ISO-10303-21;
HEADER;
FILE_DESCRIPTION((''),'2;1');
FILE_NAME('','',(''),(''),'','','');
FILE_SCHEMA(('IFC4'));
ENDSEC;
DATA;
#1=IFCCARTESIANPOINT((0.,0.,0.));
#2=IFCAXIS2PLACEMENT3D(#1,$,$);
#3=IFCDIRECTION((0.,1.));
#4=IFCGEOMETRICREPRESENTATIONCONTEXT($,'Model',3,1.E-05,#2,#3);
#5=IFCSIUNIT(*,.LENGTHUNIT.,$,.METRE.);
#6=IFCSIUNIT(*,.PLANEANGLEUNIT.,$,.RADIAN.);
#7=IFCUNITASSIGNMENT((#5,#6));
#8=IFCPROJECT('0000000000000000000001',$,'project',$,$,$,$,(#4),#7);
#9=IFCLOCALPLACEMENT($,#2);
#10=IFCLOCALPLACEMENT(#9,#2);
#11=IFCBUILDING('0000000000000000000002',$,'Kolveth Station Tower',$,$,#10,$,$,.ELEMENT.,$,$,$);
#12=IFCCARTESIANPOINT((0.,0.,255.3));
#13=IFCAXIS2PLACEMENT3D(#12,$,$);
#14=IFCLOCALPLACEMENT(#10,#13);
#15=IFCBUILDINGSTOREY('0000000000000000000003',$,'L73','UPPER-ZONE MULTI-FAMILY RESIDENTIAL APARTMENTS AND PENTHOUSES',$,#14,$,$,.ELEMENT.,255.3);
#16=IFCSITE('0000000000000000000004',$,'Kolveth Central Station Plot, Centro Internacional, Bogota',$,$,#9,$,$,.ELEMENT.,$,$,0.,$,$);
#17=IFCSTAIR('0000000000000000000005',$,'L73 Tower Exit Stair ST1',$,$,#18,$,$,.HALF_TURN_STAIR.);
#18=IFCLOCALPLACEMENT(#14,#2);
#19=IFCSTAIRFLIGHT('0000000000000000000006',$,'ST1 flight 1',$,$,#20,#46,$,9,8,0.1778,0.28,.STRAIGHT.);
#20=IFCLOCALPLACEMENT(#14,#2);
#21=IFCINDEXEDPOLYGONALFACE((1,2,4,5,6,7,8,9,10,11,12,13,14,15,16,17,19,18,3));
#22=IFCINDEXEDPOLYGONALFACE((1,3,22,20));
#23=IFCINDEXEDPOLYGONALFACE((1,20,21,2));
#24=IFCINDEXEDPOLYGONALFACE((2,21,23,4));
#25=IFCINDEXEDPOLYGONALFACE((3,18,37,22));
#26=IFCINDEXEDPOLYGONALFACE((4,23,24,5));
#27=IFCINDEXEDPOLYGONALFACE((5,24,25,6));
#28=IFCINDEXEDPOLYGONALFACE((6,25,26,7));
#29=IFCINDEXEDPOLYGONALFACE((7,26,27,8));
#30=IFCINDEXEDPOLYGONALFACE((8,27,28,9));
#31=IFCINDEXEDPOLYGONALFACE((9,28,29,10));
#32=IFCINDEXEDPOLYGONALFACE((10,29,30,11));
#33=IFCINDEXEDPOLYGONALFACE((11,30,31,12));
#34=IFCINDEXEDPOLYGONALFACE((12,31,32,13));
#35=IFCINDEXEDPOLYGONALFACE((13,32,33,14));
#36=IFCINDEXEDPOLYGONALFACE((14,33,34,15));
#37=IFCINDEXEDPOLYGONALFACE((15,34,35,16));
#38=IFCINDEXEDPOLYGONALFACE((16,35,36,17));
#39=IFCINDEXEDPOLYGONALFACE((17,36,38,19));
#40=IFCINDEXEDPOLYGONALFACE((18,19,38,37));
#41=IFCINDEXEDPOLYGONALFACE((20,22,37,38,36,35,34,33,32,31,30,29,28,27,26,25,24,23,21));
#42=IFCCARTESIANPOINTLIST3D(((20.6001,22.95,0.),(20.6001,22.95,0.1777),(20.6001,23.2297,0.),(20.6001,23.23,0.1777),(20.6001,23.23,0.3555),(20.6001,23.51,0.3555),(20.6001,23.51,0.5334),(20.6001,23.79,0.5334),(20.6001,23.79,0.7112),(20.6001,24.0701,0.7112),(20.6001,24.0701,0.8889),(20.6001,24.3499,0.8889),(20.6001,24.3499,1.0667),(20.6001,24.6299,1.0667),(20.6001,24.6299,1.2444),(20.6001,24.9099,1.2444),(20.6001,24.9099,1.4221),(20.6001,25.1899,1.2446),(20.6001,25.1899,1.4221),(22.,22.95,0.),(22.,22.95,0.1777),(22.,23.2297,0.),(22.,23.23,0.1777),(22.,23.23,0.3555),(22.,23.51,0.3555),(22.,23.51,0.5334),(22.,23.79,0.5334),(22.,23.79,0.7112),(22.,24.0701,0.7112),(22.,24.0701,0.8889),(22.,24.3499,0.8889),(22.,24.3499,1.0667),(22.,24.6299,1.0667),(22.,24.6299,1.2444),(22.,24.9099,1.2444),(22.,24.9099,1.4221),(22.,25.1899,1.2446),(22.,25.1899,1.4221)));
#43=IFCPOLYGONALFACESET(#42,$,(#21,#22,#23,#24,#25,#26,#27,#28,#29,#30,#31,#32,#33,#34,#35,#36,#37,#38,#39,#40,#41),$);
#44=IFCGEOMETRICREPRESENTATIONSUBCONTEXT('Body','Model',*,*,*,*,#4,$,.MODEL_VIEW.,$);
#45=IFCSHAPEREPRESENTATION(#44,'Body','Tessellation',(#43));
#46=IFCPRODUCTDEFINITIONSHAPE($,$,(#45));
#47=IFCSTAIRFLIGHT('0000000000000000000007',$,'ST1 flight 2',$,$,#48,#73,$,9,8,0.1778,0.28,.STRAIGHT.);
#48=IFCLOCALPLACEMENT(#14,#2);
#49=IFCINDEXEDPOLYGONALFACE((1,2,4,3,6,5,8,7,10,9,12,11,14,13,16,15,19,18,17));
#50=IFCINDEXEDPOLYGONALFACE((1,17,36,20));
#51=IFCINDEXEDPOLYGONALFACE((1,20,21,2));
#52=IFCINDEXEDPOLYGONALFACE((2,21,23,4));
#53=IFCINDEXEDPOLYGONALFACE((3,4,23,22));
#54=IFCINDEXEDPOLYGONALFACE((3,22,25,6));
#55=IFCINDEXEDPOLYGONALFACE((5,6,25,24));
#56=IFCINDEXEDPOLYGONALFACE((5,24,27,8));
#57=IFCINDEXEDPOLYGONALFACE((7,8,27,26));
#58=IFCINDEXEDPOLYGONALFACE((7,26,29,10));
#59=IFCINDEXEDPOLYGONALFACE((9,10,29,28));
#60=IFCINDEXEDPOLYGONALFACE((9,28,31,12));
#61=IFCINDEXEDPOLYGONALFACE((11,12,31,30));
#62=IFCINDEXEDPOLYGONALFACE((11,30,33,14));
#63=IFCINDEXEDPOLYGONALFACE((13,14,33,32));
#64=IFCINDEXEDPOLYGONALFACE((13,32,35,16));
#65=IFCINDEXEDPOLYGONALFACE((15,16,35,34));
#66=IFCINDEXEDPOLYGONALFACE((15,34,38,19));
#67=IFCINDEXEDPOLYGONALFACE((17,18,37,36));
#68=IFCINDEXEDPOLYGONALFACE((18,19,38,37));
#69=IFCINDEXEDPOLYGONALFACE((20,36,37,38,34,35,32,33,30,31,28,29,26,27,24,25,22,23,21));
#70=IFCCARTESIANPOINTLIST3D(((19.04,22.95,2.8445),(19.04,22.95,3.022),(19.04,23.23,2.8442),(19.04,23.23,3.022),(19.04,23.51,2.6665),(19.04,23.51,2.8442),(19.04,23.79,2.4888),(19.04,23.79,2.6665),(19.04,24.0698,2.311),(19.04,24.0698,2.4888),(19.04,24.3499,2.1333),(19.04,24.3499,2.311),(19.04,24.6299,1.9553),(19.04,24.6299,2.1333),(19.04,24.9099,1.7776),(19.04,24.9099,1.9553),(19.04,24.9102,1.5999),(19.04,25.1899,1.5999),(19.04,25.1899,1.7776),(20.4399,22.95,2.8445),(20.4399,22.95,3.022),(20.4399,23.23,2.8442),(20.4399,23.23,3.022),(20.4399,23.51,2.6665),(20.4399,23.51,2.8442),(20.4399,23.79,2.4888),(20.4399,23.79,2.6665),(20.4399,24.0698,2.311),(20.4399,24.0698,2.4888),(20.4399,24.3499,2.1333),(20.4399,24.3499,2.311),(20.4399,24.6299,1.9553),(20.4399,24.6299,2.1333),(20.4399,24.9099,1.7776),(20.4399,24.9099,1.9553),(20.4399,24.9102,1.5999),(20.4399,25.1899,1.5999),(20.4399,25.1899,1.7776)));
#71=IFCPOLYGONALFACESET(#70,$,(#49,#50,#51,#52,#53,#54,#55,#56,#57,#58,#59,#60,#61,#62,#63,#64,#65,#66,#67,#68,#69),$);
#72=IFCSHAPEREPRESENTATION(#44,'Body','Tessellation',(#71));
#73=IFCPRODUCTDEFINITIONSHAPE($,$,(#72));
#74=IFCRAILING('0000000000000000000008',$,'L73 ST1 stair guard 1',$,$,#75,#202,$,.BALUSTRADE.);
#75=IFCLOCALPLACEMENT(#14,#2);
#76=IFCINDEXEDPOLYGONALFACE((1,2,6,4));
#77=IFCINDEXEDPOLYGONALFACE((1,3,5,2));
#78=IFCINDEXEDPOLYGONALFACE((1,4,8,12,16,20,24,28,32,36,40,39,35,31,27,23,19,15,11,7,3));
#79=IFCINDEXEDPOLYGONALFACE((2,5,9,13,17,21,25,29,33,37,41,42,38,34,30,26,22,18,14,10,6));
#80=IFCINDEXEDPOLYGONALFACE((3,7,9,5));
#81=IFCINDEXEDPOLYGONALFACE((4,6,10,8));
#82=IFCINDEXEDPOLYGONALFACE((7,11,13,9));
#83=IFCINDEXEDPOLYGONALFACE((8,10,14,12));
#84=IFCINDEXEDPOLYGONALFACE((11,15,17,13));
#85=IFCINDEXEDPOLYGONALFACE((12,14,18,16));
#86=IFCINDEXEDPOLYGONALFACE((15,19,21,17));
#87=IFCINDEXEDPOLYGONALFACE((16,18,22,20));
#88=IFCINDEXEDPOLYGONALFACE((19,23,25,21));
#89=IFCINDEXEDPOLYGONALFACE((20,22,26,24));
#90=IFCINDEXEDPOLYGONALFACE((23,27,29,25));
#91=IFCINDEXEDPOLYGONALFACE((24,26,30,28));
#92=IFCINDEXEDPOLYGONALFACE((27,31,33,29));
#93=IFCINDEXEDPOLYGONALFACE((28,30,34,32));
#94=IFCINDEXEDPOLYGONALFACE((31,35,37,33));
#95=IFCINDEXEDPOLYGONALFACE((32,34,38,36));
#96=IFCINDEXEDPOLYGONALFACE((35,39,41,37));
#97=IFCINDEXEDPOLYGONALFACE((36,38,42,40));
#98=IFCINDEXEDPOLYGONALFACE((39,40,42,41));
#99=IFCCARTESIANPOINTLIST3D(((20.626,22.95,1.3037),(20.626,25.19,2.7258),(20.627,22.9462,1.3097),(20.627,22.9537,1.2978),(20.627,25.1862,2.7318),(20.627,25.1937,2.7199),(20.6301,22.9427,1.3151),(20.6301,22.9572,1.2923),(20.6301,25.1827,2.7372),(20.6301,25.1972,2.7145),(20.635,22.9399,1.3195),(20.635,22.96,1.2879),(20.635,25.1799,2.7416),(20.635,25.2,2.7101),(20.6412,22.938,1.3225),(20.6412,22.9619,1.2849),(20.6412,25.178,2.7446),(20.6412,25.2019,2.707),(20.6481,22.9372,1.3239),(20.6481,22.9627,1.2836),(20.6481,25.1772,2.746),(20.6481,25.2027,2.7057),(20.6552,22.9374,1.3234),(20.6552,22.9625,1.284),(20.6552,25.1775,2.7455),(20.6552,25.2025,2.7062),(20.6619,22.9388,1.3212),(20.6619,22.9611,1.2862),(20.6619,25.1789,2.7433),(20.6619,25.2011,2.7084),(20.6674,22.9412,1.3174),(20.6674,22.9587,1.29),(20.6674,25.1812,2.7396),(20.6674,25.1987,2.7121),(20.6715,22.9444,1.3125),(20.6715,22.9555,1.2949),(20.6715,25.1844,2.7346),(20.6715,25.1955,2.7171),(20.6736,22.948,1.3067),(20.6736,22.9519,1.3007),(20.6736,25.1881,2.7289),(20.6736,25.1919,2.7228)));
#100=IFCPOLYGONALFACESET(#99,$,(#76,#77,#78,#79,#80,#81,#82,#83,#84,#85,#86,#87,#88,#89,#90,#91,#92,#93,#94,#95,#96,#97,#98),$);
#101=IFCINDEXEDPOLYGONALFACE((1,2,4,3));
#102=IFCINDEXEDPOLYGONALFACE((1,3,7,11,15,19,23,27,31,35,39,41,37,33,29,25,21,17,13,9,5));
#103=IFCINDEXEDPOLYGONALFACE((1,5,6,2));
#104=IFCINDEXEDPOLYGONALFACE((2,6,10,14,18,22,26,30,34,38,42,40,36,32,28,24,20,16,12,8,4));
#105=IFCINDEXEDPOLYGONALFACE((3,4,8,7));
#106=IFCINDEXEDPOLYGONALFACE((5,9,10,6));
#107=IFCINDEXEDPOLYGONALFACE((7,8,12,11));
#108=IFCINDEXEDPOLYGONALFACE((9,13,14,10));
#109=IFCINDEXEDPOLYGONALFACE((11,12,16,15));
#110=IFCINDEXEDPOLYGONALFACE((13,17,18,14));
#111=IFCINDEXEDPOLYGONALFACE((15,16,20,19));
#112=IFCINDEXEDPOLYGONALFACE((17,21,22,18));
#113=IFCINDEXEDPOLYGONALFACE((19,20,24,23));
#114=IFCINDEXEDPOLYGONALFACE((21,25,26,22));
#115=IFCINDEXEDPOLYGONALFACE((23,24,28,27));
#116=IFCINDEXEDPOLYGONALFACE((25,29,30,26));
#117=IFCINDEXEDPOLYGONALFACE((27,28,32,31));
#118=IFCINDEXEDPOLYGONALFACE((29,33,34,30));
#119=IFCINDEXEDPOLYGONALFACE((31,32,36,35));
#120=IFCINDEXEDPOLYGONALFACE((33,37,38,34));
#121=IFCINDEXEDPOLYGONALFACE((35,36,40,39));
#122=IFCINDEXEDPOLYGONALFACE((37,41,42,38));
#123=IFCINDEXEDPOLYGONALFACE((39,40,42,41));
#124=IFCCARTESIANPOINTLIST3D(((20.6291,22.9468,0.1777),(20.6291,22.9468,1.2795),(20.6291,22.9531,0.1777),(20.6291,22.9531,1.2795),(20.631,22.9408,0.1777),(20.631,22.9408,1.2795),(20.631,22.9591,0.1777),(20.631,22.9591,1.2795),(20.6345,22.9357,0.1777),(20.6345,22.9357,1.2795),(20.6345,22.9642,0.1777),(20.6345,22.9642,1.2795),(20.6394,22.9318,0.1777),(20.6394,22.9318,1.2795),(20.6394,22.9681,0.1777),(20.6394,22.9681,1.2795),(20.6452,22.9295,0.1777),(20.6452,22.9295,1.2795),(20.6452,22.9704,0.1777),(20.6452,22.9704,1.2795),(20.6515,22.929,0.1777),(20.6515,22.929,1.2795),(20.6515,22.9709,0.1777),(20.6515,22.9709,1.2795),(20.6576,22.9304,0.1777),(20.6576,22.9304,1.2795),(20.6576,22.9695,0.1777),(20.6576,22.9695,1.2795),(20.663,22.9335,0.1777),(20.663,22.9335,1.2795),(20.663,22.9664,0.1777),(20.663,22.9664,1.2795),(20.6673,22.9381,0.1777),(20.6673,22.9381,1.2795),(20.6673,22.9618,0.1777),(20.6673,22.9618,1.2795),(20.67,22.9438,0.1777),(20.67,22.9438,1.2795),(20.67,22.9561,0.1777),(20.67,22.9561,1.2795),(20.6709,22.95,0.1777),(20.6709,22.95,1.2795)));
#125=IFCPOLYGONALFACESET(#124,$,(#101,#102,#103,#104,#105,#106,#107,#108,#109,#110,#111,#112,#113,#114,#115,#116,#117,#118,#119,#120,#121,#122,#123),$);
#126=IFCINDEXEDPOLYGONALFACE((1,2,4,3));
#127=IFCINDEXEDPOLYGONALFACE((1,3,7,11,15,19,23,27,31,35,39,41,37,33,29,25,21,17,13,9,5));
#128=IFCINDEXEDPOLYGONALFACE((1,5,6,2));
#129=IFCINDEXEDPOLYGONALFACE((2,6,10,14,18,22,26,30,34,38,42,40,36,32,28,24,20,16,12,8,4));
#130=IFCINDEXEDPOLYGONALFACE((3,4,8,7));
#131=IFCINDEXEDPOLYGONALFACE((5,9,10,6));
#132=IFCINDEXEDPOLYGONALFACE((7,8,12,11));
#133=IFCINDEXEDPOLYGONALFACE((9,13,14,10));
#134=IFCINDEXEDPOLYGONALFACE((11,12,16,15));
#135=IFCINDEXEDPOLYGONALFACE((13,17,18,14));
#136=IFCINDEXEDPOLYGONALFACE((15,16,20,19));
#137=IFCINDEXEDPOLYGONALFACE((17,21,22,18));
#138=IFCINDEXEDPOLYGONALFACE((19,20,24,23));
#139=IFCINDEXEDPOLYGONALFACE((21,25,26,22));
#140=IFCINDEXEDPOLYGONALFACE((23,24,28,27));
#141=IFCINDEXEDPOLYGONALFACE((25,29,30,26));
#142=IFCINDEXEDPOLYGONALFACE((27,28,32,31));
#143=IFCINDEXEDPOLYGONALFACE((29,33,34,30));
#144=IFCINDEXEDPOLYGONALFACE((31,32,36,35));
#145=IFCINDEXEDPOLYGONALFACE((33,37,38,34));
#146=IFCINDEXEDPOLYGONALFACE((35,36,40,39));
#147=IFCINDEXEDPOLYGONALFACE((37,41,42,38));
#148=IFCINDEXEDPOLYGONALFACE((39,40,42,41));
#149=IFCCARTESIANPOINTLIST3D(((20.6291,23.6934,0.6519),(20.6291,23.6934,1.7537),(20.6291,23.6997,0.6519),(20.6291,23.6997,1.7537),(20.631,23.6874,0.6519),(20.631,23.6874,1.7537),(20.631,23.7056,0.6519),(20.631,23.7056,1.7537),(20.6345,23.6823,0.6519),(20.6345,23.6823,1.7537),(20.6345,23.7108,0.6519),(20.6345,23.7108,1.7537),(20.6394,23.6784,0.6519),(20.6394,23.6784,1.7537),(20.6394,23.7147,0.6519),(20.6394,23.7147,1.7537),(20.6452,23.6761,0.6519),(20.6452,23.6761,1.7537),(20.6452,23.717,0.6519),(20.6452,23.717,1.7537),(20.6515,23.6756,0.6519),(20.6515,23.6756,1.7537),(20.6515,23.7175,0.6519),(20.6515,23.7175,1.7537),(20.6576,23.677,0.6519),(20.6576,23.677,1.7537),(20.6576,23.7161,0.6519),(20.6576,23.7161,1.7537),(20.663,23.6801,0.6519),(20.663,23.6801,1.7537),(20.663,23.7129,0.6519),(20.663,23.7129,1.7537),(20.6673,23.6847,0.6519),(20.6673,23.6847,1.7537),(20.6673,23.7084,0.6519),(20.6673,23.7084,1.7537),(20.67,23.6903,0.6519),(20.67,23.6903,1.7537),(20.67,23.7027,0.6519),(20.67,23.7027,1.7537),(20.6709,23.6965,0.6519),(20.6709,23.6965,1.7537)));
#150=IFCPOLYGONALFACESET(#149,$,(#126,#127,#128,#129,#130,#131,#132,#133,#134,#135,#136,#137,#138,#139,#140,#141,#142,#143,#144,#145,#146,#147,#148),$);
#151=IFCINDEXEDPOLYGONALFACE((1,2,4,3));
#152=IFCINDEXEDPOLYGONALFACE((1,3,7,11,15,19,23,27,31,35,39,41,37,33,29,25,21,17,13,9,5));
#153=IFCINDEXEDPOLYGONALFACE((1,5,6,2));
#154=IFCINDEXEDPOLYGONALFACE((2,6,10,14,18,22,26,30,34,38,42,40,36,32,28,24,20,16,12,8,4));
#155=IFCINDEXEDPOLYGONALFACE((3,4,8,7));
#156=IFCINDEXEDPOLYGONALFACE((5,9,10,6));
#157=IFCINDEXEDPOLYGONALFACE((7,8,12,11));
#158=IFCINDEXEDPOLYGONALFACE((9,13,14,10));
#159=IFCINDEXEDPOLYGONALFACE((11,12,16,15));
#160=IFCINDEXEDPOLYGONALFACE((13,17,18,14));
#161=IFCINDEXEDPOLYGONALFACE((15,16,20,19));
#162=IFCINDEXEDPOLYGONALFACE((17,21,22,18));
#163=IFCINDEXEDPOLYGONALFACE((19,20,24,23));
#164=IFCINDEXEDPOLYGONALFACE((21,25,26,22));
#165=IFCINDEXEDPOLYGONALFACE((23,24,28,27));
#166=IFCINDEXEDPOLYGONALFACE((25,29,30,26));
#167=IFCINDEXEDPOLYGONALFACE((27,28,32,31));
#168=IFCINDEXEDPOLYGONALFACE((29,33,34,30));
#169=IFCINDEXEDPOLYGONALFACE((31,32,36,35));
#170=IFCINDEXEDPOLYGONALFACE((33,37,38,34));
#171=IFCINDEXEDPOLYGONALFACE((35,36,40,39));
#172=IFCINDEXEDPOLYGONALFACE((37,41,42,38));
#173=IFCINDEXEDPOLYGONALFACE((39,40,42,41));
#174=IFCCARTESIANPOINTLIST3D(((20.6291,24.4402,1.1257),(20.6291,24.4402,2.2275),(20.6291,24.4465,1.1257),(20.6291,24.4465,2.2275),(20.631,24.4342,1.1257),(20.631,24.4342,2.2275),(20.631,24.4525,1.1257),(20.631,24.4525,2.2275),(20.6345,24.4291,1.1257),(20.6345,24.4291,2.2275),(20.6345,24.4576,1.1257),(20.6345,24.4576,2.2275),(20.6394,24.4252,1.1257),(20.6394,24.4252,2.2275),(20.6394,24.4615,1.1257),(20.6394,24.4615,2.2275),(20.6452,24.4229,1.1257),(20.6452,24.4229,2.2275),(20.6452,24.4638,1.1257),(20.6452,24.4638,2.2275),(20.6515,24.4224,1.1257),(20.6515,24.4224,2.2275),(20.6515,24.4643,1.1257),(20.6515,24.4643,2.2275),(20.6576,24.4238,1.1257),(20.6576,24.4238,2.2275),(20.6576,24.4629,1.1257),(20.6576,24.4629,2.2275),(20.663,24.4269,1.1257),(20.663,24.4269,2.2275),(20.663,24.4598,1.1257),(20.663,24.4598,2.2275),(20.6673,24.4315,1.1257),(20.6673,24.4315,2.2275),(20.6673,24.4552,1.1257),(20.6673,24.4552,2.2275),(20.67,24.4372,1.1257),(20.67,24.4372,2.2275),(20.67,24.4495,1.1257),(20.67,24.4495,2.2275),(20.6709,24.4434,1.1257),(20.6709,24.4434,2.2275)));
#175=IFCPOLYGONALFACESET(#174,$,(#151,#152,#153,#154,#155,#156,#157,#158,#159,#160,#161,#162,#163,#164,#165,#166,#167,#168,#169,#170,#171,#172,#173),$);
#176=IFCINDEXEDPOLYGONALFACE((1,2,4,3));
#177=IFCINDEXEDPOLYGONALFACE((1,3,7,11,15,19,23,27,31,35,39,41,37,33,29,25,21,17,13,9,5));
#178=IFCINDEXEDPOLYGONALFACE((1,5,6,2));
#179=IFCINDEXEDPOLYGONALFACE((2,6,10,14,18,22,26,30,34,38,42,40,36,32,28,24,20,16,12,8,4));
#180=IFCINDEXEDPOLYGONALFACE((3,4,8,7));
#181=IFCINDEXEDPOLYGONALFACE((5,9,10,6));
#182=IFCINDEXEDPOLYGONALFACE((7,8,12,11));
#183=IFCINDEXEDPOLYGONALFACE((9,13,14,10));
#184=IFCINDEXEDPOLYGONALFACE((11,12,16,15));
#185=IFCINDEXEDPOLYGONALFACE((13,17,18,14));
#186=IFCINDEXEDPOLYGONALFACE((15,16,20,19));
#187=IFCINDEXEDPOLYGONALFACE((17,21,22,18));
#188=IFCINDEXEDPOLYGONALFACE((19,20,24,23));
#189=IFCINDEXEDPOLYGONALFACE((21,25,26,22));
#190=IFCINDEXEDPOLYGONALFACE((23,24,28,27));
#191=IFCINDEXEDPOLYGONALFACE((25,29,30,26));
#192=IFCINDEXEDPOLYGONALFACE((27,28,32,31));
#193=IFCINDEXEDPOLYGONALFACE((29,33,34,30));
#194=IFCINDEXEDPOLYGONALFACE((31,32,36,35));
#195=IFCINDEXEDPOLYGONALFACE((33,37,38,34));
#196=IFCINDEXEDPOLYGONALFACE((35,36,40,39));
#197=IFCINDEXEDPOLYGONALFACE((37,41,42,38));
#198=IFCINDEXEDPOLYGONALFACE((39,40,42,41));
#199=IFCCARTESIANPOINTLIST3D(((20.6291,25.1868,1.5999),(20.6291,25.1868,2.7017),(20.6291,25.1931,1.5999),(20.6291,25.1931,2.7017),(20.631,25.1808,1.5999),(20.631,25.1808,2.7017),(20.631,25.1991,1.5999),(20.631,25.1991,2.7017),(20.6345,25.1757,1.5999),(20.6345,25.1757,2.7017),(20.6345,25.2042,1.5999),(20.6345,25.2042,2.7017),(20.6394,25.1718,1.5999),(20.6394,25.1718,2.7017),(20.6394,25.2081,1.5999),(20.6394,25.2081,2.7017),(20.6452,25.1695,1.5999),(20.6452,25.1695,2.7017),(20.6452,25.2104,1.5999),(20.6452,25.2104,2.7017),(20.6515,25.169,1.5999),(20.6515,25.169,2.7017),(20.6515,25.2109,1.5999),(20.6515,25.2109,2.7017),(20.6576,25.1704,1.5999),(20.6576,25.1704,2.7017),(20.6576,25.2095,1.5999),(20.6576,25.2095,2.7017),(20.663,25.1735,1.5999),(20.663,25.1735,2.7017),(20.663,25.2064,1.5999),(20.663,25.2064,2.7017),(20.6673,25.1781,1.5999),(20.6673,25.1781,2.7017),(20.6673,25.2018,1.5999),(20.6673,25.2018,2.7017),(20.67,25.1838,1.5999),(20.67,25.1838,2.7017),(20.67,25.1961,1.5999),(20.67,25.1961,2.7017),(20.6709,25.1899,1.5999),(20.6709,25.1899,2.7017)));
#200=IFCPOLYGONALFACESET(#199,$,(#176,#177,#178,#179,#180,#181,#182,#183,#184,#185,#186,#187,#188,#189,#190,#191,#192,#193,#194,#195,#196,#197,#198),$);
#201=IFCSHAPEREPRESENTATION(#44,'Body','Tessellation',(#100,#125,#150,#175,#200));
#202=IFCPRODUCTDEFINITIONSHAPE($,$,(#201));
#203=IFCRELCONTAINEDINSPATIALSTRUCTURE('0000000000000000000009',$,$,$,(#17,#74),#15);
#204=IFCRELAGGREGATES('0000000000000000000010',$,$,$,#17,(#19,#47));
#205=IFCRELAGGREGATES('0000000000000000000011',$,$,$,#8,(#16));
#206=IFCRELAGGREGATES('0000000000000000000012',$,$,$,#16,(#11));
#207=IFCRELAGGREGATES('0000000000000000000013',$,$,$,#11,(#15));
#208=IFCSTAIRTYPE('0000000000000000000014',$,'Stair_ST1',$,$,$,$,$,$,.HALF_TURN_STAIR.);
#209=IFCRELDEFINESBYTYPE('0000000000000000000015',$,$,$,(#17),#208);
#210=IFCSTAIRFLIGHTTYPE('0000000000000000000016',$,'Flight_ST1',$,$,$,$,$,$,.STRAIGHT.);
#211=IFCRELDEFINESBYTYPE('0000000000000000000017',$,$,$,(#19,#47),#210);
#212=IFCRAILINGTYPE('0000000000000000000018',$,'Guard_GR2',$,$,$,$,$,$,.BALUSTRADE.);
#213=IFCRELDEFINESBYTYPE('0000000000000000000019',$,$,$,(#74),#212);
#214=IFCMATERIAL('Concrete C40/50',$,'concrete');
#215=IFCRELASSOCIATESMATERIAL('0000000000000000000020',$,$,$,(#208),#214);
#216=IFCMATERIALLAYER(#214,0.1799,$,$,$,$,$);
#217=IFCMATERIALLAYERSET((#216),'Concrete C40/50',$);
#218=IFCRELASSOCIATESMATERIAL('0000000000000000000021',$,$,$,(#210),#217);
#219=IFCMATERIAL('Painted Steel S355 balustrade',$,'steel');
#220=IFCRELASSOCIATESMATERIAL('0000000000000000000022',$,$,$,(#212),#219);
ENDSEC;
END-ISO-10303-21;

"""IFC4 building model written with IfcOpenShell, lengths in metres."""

from ifc_helpers import new_model, si_unit, direction, frame, origin, origin_2d, place, context, subcontext, project, spatial, polyline, circle, outline, extrude, material, layer, layer_set, type_object, element, aggregate, save


model = new_model("IFC4")

# Units and contexts
model_context = context("Model", 3, precision=1e-05, world=origin(), true_north=direction((0.0, 1.0)))
body_context = subcontext(model_context, "Body", "Model", "MODEL_VIEW")
ifc_project = project(units=[si_unit("LENGTHUNIT", "METRE"), si_unit("PLANEANGLEUNIT", "RADIAN")], contexts=[model_context])

# Site, building, storey
site_placement = place(None, origin())
site = spatial("IfcSite", under=ifc_project, at=site_placement, Name="Kolveth Central Station Plot, Centro Internacional, Bogota", CompositionType="ELEMENT", RefElevation=0.0)
building_placement = place(site_placement, origin())
building = spatial("IfcBuilding", under=site, at=building_placement, Name="Kolveth Station Tower", CompositionType="ELEMENT")
storey_placement = place(building_placement, frame((0.0, 0.0, 255.3)))
storey = spatial("IfcBuildingStorey", under=building, at=storey_placement, Name="L73", Description="UPPER-ZONE MULTI-FAMILY RESIDENTIAL APARTMENTS AND PENTHOUSES", CompositionType="ELEMENT", Elevation=255.3)

# Shared definitions
ifc_material_1 = material(Name="Concrete C40/50", Category="concrete")

# Stair, stair flights
stair_type = type_object("IfcStairType", Name="Stair_ST1", PredefinedType="HALF_TURN_STAIR", material=ifc_material_1)
stair_placement = place(storey_placement, origin())
stair = element("IfcStair", 1, at=stair_placement, inside=storey, type_object=stair_type, Name="L73 Tower Exit Stair ST1", PredefinedType="HALF_TURN_STAIR")
ifc_layer_1 = layer(ifc_material_1, 0.1799)
ifc_layer_set_1 = layer_set([ifc_layer_1], Name="Concrete C40/50")
stair_flight_type = type_object("IfcStairFlightType", Name="Flight_ST1", PredefinedType="STRAIGHT", material=ifc_layer_set_1)
stair_flight_1_placement = place(storey_placement, frame((21.3, 22.95, 0.0), z_axis=(0.0, 0.0, 1.0), x_axis=(0.0, 1.0, 0.0)))
stair_flight_1 = element("IfcStairFlight", 2, at=stair_flight_1_placement, type_object=stair_flight_type, Name="ST1 flight 1", NumberOfRisers=9, NumberOfTreads=8, PredefinedType="STRAIGHT", RiserHeight=0.1778, TreadLength=0.28, context=body_context, shape_type="SweptSolid", body=[
    extrude(outline(polyline([(0.0, 0.0), (0.0, 0.1777), (0.28, 0.1777), (0.28, 0.3555), (0.5601, 0.3555), (0.5601, 0.5334), (0.8401, 0.5334), (0.8401, 0.7112), (1.1201, 0.7112), (1.1201, 0.8889), (1.3999, 0.8889), (1.3999, 1.0667), (1.6799, 1.0667), (1.6799, 1.2444), (1.96, 1.2444), (1.96, 1.4221), (2.24, 1.4221), (2.24, 1.6001), (2.24, 1.2446), (0.2798, 0.0), (0.0, 0.0)])), frame((0.0, 0.7, 0.0), z_axis=(0.0, -1.0, 0.0), x_axis=(1.0, 0.0, 0.0)), (0.0, 0.0, 1.0), 1.3999),
])
stair_flight_2_placement = place(storey_placement, frame((19.74, 25.1899, 1.5999), z_axis=(0.0, 0.0, 1.0), x_axis=(0.0, -1.0, 0.0)))
stair_flight_2 = element("IfcStairFlight", 3, at=stair_flight_2_placement, type_object=stair_flight_type, Name="ST1 flight 2", NumberOfRisers=9, NumberOfTreads=8, PredefinedType="STRAIGHT", RiserHeight=0.1778, TreadLength=0.28, context=body_context, shape_type="SweptSolid", body=[
    extrude(outline(polyline([(0.0, 0.0), (0.0, 0.1777), (0.28, 0.1777), (0.28, 0.3555), (0.5601, 0.3555), (0.5601, 0.5334), (0.8401, 0.5334), (0.8401, 0.7112), (1.1201, 0.7112), (1.1201, 0.8889), (1.3999, 0.8889), (1.3999, 1.0667), (1.6799, 1.0667), (1.6799, 1.2444), (1.96, 1.2444), (1.96, 1.4221), (2.24, 1.4221), (2.24, 1.6001), (2.24, 1.2446), (0.2798, 0.0), (0.0, 0.0)])), frame((0.0, 0.7, 0.0), z_axis=(0.0, -1.0, 0.0), x_axis=(1.0, 0.0, 0.0)), (0.0, 0.0, 1.0), 1.3999),
])
aggregate(stair, [stair_flight_1, stair_flight_2])

# Railing
ifc_material_2 = material(Name="Painted Steel S355 balustrade", Category="steel")
railing_type_1 = type_object("IfcRailingType", Name="Guard_GR2", PredefinedType="BALUSTRADE", material=ifc_material_2)
railing_1_placement = place(storey_placement, frame((20.6499, 22.95, 0.1777)))
element("IfcRailing", 4, at=railing_1_placement, inside=storey, type_object=railing_type_1, Name="L73 ST1 stair guard 1", PredefinedType="BALUSTRADE", context=body_context, shape_type="SweptSolid", body=[
    extrude(circle(Radius=0.0239, at=origin_2d()), frame((0.0, 0.0, 1.126), z_axis=(0.0, 0.844229, 0.535982), x_axis=(-1.0, 0.0, 0.0)), (0.0, 0.0, 1.0), 2.6533),
    extrude(circle(Radius=0.021, at=origin_2d()), origin(), (0.0, 0.0, 1.0), 1.1018),
    extrude(circle(Radius=0.021, at=origin_2d()), frame((0.0, 0.7466, 0.4741)), (0.0, 0.0, 1.0), 1.1018),
    extrude(circle(Radius=0.021, at=origin_2d()), frame((0.0, 1.4934, 0.948)), (0.0, 0.0, 1.0), 1.1018),
    extrude(circle(Radius=0.021, at=origin_2d()), frame((0.0, 2.24, 1.4221)), (0.0, 0.0, 1.0), 1.1018),
])

save(model, "model.ifc")
